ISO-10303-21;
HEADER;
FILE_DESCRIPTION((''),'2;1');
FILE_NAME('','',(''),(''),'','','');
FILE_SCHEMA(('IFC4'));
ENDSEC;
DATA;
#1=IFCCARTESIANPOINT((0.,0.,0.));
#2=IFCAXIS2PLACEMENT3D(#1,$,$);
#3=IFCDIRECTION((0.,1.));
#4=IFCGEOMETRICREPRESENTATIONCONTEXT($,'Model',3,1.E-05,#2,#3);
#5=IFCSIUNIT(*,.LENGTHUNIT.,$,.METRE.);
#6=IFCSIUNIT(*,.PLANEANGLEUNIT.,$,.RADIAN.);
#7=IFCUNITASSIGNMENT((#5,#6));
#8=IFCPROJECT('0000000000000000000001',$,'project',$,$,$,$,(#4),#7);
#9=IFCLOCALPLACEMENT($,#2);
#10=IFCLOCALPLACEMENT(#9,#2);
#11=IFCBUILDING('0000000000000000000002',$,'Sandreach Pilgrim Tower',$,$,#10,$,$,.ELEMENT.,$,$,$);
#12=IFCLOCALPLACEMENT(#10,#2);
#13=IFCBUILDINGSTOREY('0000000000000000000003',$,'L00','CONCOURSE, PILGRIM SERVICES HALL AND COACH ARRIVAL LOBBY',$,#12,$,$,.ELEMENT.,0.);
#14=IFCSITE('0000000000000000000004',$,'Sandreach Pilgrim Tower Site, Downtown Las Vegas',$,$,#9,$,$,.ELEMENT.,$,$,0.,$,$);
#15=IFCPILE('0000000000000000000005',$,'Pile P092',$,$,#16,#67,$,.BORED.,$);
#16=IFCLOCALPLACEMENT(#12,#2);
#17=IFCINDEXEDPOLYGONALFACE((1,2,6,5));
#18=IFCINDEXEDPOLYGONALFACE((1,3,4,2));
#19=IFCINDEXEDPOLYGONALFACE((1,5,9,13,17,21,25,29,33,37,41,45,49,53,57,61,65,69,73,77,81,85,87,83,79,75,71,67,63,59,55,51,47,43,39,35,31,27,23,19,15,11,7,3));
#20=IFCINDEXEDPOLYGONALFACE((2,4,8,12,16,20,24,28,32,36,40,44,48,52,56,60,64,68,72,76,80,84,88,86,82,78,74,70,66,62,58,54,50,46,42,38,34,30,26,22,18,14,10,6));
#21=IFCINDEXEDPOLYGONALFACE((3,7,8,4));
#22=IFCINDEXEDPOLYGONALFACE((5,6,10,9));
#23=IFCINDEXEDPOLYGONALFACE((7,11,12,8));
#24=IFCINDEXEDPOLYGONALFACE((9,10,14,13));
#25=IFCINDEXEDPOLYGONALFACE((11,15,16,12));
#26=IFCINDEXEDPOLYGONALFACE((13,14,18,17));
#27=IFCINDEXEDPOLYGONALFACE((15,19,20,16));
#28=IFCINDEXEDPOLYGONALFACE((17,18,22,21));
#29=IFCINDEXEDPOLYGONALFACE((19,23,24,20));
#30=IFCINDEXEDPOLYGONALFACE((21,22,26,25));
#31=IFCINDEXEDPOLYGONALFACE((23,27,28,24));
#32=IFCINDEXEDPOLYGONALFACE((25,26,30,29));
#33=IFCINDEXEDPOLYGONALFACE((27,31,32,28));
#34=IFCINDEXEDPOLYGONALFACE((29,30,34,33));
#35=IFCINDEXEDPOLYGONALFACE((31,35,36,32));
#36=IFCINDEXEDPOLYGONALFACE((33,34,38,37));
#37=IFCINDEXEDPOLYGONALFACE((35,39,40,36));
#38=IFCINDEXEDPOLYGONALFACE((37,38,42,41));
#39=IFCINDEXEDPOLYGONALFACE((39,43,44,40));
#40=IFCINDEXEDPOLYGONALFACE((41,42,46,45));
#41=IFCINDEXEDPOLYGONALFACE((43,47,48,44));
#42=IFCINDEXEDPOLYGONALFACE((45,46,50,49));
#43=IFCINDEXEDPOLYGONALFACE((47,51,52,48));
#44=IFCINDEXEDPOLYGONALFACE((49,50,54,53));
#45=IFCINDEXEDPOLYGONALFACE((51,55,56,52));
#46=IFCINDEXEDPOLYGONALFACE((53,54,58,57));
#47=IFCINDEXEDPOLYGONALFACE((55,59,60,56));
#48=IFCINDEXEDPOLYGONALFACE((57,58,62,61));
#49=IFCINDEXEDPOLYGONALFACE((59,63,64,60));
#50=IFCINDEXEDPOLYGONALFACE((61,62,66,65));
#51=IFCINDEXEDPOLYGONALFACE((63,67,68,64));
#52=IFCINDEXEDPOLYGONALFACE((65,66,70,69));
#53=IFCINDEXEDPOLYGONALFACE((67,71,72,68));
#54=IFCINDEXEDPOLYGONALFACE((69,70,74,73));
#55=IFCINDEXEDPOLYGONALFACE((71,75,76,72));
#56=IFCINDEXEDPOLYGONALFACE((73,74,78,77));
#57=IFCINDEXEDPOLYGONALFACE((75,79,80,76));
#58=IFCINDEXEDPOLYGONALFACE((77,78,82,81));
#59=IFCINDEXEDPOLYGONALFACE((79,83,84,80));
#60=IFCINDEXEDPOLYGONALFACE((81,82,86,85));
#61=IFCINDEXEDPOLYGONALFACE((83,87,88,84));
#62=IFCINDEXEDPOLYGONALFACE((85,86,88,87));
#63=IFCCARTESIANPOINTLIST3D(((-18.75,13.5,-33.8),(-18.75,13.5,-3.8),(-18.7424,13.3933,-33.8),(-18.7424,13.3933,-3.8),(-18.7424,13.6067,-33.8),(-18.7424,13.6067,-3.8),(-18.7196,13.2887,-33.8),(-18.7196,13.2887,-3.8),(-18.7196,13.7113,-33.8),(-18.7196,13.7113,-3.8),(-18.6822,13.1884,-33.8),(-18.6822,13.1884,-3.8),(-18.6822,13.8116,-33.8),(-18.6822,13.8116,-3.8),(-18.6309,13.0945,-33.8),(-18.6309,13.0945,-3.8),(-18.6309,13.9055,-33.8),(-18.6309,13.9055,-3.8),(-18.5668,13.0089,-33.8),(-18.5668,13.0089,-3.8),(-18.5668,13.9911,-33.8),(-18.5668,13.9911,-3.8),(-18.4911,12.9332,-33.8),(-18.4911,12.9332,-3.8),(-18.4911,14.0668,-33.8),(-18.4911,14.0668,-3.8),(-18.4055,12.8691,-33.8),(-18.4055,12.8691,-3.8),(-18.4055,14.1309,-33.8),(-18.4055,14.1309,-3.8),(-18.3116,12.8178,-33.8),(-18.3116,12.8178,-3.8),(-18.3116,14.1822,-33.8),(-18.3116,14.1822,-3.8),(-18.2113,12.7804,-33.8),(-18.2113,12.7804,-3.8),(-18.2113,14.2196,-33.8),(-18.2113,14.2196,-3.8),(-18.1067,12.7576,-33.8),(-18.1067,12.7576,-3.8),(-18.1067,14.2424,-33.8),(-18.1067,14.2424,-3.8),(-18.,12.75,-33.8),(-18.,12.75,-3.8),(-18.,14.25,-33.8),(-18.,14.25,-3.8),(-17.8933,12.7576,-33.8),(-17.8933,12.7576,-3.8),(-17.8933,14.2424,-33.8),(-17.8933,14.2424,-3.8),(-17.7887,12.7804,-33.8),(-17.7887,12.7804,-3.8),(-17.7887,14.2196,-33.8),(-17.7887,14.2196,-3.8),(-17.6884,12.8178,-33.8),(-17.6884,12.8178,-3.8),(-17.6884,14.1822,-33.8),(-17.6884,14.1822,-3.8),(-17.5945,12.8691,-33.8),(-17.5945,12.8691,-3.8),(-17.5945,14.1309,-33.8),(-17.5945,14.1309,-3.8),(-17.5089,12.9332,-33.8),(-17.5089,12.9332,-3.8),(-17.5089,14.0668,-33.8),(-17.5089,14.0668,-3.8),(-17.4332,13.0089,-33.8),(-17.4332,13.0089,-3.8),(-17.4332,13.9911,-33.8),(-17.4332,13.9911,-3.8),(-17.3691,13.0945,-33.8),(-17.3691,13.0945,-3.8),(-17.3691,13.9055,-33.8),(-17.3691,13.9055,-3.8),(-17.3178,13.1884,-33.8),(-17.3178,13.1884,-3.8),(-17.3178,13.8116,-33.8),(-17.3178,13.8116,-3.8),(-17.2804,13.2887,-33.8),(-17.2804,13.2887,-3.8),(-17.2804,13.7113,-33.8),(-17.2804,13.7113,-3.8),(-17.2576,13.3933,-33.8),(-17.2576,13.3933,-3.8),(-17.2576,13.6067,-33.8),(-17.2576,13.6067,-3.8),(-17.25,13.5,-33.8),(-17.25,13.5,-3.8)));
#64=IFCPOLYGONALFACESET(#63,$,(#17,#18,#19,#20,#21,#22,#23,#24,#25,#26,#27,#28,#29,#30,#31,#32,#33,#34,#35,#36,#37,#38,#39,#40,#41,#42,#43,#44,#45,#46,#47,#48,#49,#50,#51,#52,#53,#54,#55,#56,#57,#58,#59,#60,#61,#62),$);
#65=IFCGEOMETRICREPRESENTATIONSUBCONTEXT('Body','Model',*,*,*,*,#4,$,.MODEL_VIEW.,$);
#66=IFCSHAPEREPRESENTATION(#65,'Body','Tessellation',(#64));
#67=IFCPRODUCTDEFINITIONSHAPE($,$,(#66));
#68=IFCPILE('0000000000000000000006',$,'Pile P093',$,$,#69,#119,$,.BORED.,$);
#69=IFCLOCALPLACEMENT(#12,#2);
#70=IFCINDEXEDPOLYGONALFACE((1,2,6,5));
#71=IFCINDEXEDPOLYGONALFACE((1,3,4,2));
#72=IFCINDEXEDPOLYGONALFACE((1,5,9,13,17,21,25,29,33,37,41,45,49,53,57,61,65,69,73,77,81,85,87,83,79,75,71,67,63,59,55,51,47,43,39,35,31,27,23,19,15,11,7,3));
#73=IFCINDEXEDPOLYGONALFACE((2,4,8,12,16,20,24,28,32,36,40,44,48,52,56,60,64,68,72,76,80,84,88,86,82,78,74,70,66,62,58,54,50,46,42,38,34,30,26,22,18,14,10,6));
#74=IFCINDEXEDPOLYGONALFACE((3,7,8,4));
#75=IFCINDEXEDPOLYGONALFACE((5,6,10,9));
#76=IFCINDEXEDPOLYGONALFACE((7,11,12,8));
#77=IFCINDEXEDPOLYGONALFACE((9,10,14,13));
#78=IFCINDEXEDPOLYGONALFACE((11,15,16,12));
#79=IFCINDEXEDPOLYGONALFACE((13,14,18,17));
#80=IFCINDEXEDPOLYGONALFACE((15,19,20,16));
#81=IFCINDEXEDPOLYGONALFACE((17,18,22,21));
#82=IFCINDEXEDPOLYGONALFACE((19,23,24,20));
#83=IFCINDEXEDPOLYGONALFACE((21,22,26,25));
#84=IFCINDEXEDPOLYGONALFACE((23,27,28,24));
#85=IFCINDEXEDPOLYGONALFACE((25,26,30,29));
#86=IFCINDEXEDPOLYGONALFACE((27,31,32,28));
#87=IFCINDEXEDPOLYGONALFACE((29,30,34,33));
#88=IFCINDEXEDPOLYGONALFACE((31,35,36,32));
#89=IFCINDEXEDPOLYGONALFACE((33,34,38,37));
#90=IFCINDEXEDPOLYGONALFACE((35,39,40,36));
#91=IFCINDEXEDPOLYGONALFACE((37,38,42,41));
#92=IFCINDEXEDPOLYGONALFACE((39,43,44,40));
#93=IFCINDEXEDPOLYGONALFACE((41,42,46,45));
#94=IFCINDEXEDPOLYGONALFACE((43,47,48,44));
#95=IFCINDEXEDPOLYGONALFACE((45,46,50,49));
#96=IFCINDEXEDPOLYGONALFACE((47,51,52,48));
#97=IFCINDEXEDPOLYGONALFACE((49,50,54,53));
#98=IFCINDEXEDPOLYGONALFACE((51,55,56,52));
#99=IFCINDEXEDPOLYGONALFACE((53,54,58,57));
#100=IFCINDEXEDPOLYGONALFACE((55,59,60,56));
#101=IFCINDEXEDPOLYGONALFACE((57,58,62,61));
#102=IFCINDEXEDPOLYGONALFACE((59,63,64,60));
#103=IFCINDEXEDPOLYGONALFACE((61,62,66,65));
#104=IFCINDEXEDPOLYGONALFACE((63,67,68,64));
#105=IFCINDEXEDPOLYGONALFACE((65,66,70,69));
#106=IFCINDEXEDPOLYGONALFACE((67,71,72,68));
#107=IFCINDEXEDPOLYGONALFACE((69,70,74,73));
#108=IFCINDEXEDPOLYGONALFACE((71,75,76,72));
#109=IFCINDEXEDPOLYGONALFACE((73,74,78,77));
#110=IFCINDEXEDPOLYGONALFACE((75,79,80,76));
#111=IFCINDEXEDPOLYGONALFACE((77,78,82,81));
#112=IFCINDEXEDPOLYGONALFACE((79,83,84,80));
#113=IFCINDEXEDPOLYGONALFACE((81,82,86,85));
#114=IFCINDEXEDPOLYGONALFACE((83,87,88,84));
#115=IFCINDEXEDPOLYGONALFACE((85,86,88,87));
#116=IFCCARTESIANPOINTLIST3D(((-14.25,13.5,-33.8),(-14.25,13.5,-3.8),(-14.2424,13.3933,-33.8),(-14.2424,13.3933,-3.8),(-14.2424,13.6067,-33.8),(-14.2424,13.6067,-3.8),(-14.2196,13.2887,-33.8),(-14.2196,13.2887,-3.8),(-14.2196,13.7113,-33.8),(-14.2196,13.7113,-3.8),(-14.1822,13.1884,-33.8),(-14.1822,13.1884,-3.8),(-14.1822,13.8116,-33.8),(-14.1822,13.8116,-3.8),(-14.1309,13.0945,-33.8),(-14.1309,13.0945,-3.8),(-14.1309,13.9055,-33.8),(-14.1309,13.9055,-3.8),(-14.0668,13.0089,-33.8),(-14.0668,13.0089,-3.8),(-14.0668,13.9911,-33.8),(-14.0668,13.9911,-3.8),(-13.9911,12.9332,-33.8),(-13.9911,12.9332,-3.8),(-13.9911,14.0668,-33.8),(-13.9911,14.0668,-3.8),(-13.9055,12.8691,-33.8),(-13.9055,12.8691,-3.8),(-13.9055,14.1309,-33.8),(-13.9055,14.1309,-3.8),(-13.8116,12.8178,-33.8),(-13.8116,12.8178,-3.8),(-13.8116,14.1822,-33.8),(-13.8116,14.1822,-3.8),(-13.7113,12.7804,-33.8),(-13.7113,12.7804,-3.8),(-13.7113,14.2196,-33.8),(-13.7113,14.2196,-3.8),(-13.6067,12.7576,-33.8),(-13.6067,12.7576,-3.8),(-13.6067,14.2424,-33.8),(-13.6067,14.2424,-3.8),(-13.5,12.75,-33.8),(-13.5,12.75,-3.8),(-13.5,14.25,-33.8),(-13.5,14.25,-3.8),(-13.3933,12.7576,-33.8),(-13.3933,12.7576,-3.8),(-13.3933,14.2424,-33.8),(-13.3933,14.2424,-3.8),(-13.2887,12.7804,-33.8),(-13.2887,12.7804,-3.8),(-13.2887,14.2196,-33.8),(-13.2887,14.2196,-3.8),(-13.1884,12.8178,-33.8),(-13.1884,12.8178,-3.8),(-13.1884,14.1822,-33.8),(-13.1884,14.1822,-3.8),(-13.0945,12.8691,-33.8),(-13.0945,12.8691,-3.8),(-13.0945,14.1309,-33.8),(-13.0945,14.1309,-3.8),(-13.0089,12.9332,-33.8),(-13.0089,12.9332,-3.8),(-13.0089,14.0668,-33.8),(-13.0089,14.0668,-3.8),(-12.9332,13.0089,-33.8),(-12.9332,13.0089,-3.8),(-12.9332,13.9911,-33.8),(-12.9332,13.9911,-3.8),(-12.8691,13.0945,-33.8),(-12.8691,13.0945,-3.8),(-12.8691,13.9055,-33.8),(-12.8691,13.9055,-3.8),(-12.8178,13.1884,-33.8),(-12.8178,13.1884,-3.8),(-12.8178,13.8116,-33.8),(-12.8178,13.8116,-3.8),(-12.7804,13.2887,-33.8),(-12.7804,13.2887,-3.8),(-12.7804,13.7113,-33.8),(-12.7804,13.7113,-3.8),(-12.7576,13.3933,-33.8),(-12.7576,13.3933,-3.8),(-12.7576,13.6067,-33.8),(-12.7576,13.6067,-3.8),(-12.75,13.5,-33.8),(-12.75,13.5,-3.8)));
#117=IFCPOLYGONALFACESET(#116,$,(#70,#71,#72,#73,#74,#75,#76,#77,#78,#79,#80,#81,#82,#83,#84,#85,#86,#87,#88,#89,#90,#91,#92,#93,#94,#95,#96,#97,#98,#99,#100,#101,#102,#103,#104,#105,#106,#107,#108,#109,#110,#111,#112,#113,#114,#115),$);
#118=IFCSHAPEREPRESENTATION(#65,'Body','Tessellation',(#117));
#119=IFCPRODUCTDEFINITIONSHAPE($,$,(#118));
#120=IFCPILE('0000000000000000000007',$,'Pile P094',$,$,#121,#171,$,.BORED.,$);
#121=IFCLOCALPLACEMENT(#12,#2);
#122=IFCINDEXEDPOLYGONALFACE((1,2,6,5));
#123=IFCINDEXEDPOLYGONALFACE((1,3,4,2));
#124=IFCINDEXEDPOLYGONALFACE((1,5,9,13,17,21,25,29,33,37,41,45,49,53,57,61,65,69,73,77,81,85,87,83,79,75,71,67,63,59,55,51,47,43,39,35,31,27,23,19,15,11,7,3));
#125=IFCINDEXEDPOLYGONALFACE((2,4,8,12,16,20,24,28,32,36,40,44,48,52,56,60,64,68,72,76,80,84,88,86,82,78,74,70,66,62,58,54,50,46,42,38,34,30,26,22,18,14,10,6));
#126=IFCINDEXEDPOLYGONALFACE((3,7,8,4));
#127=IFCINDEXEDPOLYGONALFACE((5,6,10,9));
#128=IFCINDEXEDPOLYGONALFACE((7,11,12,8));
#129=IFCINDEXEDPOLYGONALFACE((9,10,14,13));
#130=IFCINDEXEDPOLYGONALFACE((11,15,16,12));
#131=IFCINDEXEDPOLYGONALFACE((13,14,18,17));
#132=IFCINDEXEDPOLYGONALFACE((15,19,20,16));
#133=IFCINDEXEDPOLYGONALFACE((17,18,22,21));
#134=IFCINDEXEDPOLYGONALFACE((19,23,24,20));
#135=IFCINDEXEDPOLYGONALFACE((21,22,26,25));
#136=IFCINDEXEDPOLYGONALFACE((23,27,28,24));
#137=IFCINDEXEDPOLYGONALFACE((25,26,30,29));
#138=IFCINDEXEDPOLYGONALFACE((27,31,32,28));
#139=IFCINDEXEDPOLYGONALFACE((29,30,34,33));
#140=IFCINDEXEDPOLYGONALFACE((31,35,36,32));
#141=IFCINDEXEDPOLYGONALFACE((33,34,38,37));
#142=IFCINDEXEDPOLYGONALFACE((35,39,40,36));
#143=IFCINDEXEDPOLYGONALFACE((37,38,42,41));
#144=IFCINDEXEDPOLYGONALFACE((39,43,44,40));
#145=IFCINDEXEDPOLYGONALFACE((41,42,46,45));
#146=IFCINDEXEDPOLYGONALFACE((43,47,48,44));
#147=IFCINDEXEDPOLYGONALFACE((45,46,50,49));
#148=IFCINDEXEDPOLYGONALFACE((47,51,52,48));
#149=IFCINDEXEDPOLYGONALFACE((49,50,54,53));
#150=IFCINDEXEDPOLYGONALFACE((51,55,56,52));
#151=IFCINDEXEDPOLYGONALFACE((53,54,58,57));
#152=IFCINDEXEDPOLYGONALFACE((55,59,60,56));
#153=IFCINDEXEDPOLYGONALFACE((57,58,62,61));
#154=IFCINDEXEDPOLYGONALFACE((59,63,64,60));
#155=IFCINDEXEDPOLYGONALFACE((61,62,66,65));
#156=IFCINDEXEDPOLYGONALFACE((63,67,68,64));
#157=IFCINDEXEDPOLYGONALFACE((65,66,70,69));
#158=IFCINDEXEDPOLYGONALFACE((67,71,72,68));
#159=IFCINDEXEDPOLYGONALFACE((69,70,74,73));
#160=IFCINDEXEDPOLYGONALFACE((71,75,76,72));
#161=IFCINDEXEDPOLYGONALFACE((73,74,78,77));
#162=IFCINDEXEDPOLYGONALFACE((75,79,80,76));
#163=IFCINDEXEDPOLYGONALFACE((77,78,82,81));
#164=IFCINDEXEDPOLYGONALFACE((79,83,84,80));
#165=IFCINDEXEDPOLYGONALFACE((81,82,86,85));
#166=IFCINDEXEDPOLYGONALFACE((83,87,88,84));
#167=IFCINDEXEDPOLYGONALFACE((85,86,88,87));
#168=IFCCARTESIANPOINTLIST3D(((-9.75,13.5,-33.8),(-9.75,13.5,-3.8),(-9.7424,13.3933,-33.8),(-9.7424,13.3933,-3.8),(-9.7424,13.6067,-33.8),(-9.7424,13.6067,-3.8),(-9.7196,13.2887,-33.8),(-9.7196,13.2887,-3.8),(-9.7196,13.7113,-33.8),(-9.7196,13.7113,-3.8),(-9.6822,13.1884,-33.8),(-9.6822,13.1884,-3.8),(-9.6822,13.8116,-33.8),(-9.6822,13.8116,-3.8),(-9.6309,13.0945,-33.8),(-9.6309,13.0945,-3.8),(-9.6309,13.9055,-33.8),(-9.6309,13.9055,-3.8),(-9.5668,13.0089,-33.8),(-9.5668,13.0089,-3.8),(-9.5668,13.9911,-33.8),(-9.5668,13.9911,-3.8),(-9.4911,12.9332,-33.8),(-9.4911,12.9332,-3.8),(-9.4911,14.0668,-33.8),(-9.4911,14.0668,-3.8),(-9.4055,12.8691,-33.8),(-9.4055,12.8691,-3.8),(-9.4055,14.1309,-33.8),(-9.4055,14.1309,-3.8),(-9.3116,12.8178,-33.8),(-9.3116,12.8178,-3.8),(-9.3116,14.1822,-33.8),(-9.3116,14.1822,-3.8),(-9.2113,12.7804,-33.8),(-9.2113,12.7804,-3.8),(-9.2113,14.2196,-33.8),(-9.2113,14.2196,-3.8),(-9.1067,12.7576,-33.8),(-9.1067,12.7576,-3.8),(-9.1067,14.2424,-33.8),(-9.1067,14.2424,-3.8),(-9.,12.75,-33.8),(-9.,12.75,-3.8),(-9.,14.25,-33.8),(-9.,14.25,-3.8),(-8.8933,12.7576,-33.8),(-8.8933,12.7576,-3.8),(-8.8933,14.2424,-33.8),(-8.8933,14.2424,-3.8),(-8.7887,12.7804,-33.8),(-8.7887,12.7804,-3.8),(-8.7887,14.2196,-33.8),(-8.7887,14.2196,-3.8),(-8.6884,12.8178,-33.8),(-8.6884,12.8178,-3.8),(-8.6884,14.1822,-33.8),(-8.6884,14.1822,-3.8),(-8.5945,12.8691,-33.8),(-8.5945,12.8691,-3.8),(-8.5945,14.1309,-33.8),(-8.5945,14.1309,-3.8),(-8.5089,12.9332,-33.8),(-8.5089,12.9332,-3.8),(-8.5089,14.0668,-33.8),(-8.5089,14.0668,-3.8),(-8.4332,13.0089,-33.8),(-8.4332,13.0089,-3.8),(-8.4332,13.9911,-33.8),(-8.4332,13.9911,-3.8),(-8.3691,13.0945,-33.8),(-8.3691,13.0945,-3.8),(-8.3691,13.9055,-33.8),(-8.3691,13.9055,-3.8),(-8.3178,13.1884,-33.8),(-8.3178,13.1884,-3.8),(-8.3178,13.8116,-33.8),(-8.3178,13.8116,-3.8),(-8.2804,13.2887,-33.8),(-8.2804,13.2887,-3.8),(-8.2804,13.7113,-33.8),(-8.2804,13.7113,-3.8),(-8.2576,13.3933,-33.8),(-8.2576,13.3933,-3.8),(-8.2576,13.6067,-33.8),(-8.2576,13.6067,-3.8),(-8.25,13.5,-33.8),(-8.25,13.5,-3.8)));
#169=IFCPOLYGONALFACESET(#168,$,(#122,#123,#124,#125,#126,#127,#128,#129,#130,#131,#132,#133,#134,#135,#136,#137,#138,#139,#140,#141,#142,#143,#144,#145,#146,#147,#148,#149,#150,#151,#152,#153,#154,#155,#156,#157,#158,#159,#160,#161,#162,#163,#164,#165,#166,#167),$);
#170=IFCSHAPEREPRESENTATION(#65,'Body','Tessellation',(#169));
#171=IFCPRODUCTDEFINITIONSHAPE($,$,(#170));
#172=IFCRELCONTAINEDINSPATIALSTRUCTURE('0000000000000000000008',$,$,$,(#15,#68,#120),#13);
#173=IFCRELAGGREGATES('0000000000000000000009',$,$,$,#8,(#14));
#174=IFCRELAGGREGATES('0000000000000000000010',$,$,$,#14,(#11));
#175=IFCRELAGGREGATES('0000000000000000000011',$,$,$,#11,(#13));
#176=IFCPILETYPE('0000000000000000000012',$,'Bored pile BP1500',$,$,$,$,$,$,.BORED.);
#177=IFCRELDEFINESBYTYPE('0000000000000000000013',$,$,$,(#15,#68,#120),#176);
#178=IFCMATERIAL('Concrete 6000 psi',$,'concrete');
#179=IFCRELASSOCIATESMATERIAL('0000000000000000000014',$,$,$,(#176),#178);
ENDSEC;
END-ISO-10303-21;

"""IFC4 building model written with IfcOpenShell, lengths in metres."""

from ifc_helpers import new_model, si_unit, direction, frame, origin, origin_2d, place, context, subcontext, project, spatial, circle, extrude, material, material_profile, profile_set, type_object, element, save


model = new_model("IFC4")

# Units and contexts
model_context = context("Model", 3, precision=1e-05, world=origin(), true_north=direction((0.0, 1.0)))
body_context = subcontext(model_context, "Body", "Model", "MODEL_VIEW")
ifc_project = project(units=[si_unit("LENGTHUNIT", "METRE"), si_unit("PLANEANGLEUNIT", "RADIAN")], contexts=[model_context])

# Site, building, storey
site_placement = place(None, origin())
site = spatial("IfcSite", under=ifc_project, at=site_placement, Name="Sandreach Pilgrim Tower Site, Downtown Las Vegas", CompositionType="ELEMENT", RefElevation=0.0)
building_placement = place(site_placement, origin())
building = spatial("IfcBuilding", under=site, at=building_placement, Name="Sandreach Pilgrim Tower", CompositionType="ELEMENT")
storey_placement = place(building_placement, origin())
storey = spatial("IfcBuildingStorey", under=building, at=storey_placement, Name="L00", Description="CONCOURSE, PILGRIM SERVICES HALL AND COACH ARRIVAL LOBBY", CompositionType="ELEMENT", Elevation=0.0)

# Piles
ifc_material_1 = material(Name="Concrete 6000 psi", Category="concrete")
ifc_material_profile_1 = material_profile(ifc_material_1, circle(Radius=0.75, at=origin_2d()), Name="BP1500")
ifc_profile_set_1 = profile_set([ifc_material_profile_1], Name="Concrete 6000 psi")
pile_type = type_object("IfcPileType", Name="Bored pile BP1500", PredefinedType="BORED", material=ifc_profile_set_1)
for number, where, z_axis, x_axis, name in (
    (1, (-18.0, 13.5, -3.8), (0.0, 0.0, -1.0), (1.0, 0.0, 0.0), "Pile P092"),
    (2, (-13.5, 13.5, -3.8), (0.0, 0.0, -1.0), (1.0, 0.0, 0.0), "Pile P093"),
    (3, (-9.0, 13.5, -3.8), (0.0, 0.0, -1.0), (1.0, 0.0, 0.0), "Pile P094"),
):
    element("IfcPile", number, at=place(storey_placement, frame(where, z_axis=z_axis, x_axis=x_axis)), inside=storey, type_object=pile_type, Name=name, PredefinedType="BORED", context=body_context, shape_type="SweptSolid", body=[
        extrude(circle(Radius=0.75, at=origin_2d()), origin(), (0.0, 0.0, 1.0), 30.0),
    ])

save(model, "model.ifc")
